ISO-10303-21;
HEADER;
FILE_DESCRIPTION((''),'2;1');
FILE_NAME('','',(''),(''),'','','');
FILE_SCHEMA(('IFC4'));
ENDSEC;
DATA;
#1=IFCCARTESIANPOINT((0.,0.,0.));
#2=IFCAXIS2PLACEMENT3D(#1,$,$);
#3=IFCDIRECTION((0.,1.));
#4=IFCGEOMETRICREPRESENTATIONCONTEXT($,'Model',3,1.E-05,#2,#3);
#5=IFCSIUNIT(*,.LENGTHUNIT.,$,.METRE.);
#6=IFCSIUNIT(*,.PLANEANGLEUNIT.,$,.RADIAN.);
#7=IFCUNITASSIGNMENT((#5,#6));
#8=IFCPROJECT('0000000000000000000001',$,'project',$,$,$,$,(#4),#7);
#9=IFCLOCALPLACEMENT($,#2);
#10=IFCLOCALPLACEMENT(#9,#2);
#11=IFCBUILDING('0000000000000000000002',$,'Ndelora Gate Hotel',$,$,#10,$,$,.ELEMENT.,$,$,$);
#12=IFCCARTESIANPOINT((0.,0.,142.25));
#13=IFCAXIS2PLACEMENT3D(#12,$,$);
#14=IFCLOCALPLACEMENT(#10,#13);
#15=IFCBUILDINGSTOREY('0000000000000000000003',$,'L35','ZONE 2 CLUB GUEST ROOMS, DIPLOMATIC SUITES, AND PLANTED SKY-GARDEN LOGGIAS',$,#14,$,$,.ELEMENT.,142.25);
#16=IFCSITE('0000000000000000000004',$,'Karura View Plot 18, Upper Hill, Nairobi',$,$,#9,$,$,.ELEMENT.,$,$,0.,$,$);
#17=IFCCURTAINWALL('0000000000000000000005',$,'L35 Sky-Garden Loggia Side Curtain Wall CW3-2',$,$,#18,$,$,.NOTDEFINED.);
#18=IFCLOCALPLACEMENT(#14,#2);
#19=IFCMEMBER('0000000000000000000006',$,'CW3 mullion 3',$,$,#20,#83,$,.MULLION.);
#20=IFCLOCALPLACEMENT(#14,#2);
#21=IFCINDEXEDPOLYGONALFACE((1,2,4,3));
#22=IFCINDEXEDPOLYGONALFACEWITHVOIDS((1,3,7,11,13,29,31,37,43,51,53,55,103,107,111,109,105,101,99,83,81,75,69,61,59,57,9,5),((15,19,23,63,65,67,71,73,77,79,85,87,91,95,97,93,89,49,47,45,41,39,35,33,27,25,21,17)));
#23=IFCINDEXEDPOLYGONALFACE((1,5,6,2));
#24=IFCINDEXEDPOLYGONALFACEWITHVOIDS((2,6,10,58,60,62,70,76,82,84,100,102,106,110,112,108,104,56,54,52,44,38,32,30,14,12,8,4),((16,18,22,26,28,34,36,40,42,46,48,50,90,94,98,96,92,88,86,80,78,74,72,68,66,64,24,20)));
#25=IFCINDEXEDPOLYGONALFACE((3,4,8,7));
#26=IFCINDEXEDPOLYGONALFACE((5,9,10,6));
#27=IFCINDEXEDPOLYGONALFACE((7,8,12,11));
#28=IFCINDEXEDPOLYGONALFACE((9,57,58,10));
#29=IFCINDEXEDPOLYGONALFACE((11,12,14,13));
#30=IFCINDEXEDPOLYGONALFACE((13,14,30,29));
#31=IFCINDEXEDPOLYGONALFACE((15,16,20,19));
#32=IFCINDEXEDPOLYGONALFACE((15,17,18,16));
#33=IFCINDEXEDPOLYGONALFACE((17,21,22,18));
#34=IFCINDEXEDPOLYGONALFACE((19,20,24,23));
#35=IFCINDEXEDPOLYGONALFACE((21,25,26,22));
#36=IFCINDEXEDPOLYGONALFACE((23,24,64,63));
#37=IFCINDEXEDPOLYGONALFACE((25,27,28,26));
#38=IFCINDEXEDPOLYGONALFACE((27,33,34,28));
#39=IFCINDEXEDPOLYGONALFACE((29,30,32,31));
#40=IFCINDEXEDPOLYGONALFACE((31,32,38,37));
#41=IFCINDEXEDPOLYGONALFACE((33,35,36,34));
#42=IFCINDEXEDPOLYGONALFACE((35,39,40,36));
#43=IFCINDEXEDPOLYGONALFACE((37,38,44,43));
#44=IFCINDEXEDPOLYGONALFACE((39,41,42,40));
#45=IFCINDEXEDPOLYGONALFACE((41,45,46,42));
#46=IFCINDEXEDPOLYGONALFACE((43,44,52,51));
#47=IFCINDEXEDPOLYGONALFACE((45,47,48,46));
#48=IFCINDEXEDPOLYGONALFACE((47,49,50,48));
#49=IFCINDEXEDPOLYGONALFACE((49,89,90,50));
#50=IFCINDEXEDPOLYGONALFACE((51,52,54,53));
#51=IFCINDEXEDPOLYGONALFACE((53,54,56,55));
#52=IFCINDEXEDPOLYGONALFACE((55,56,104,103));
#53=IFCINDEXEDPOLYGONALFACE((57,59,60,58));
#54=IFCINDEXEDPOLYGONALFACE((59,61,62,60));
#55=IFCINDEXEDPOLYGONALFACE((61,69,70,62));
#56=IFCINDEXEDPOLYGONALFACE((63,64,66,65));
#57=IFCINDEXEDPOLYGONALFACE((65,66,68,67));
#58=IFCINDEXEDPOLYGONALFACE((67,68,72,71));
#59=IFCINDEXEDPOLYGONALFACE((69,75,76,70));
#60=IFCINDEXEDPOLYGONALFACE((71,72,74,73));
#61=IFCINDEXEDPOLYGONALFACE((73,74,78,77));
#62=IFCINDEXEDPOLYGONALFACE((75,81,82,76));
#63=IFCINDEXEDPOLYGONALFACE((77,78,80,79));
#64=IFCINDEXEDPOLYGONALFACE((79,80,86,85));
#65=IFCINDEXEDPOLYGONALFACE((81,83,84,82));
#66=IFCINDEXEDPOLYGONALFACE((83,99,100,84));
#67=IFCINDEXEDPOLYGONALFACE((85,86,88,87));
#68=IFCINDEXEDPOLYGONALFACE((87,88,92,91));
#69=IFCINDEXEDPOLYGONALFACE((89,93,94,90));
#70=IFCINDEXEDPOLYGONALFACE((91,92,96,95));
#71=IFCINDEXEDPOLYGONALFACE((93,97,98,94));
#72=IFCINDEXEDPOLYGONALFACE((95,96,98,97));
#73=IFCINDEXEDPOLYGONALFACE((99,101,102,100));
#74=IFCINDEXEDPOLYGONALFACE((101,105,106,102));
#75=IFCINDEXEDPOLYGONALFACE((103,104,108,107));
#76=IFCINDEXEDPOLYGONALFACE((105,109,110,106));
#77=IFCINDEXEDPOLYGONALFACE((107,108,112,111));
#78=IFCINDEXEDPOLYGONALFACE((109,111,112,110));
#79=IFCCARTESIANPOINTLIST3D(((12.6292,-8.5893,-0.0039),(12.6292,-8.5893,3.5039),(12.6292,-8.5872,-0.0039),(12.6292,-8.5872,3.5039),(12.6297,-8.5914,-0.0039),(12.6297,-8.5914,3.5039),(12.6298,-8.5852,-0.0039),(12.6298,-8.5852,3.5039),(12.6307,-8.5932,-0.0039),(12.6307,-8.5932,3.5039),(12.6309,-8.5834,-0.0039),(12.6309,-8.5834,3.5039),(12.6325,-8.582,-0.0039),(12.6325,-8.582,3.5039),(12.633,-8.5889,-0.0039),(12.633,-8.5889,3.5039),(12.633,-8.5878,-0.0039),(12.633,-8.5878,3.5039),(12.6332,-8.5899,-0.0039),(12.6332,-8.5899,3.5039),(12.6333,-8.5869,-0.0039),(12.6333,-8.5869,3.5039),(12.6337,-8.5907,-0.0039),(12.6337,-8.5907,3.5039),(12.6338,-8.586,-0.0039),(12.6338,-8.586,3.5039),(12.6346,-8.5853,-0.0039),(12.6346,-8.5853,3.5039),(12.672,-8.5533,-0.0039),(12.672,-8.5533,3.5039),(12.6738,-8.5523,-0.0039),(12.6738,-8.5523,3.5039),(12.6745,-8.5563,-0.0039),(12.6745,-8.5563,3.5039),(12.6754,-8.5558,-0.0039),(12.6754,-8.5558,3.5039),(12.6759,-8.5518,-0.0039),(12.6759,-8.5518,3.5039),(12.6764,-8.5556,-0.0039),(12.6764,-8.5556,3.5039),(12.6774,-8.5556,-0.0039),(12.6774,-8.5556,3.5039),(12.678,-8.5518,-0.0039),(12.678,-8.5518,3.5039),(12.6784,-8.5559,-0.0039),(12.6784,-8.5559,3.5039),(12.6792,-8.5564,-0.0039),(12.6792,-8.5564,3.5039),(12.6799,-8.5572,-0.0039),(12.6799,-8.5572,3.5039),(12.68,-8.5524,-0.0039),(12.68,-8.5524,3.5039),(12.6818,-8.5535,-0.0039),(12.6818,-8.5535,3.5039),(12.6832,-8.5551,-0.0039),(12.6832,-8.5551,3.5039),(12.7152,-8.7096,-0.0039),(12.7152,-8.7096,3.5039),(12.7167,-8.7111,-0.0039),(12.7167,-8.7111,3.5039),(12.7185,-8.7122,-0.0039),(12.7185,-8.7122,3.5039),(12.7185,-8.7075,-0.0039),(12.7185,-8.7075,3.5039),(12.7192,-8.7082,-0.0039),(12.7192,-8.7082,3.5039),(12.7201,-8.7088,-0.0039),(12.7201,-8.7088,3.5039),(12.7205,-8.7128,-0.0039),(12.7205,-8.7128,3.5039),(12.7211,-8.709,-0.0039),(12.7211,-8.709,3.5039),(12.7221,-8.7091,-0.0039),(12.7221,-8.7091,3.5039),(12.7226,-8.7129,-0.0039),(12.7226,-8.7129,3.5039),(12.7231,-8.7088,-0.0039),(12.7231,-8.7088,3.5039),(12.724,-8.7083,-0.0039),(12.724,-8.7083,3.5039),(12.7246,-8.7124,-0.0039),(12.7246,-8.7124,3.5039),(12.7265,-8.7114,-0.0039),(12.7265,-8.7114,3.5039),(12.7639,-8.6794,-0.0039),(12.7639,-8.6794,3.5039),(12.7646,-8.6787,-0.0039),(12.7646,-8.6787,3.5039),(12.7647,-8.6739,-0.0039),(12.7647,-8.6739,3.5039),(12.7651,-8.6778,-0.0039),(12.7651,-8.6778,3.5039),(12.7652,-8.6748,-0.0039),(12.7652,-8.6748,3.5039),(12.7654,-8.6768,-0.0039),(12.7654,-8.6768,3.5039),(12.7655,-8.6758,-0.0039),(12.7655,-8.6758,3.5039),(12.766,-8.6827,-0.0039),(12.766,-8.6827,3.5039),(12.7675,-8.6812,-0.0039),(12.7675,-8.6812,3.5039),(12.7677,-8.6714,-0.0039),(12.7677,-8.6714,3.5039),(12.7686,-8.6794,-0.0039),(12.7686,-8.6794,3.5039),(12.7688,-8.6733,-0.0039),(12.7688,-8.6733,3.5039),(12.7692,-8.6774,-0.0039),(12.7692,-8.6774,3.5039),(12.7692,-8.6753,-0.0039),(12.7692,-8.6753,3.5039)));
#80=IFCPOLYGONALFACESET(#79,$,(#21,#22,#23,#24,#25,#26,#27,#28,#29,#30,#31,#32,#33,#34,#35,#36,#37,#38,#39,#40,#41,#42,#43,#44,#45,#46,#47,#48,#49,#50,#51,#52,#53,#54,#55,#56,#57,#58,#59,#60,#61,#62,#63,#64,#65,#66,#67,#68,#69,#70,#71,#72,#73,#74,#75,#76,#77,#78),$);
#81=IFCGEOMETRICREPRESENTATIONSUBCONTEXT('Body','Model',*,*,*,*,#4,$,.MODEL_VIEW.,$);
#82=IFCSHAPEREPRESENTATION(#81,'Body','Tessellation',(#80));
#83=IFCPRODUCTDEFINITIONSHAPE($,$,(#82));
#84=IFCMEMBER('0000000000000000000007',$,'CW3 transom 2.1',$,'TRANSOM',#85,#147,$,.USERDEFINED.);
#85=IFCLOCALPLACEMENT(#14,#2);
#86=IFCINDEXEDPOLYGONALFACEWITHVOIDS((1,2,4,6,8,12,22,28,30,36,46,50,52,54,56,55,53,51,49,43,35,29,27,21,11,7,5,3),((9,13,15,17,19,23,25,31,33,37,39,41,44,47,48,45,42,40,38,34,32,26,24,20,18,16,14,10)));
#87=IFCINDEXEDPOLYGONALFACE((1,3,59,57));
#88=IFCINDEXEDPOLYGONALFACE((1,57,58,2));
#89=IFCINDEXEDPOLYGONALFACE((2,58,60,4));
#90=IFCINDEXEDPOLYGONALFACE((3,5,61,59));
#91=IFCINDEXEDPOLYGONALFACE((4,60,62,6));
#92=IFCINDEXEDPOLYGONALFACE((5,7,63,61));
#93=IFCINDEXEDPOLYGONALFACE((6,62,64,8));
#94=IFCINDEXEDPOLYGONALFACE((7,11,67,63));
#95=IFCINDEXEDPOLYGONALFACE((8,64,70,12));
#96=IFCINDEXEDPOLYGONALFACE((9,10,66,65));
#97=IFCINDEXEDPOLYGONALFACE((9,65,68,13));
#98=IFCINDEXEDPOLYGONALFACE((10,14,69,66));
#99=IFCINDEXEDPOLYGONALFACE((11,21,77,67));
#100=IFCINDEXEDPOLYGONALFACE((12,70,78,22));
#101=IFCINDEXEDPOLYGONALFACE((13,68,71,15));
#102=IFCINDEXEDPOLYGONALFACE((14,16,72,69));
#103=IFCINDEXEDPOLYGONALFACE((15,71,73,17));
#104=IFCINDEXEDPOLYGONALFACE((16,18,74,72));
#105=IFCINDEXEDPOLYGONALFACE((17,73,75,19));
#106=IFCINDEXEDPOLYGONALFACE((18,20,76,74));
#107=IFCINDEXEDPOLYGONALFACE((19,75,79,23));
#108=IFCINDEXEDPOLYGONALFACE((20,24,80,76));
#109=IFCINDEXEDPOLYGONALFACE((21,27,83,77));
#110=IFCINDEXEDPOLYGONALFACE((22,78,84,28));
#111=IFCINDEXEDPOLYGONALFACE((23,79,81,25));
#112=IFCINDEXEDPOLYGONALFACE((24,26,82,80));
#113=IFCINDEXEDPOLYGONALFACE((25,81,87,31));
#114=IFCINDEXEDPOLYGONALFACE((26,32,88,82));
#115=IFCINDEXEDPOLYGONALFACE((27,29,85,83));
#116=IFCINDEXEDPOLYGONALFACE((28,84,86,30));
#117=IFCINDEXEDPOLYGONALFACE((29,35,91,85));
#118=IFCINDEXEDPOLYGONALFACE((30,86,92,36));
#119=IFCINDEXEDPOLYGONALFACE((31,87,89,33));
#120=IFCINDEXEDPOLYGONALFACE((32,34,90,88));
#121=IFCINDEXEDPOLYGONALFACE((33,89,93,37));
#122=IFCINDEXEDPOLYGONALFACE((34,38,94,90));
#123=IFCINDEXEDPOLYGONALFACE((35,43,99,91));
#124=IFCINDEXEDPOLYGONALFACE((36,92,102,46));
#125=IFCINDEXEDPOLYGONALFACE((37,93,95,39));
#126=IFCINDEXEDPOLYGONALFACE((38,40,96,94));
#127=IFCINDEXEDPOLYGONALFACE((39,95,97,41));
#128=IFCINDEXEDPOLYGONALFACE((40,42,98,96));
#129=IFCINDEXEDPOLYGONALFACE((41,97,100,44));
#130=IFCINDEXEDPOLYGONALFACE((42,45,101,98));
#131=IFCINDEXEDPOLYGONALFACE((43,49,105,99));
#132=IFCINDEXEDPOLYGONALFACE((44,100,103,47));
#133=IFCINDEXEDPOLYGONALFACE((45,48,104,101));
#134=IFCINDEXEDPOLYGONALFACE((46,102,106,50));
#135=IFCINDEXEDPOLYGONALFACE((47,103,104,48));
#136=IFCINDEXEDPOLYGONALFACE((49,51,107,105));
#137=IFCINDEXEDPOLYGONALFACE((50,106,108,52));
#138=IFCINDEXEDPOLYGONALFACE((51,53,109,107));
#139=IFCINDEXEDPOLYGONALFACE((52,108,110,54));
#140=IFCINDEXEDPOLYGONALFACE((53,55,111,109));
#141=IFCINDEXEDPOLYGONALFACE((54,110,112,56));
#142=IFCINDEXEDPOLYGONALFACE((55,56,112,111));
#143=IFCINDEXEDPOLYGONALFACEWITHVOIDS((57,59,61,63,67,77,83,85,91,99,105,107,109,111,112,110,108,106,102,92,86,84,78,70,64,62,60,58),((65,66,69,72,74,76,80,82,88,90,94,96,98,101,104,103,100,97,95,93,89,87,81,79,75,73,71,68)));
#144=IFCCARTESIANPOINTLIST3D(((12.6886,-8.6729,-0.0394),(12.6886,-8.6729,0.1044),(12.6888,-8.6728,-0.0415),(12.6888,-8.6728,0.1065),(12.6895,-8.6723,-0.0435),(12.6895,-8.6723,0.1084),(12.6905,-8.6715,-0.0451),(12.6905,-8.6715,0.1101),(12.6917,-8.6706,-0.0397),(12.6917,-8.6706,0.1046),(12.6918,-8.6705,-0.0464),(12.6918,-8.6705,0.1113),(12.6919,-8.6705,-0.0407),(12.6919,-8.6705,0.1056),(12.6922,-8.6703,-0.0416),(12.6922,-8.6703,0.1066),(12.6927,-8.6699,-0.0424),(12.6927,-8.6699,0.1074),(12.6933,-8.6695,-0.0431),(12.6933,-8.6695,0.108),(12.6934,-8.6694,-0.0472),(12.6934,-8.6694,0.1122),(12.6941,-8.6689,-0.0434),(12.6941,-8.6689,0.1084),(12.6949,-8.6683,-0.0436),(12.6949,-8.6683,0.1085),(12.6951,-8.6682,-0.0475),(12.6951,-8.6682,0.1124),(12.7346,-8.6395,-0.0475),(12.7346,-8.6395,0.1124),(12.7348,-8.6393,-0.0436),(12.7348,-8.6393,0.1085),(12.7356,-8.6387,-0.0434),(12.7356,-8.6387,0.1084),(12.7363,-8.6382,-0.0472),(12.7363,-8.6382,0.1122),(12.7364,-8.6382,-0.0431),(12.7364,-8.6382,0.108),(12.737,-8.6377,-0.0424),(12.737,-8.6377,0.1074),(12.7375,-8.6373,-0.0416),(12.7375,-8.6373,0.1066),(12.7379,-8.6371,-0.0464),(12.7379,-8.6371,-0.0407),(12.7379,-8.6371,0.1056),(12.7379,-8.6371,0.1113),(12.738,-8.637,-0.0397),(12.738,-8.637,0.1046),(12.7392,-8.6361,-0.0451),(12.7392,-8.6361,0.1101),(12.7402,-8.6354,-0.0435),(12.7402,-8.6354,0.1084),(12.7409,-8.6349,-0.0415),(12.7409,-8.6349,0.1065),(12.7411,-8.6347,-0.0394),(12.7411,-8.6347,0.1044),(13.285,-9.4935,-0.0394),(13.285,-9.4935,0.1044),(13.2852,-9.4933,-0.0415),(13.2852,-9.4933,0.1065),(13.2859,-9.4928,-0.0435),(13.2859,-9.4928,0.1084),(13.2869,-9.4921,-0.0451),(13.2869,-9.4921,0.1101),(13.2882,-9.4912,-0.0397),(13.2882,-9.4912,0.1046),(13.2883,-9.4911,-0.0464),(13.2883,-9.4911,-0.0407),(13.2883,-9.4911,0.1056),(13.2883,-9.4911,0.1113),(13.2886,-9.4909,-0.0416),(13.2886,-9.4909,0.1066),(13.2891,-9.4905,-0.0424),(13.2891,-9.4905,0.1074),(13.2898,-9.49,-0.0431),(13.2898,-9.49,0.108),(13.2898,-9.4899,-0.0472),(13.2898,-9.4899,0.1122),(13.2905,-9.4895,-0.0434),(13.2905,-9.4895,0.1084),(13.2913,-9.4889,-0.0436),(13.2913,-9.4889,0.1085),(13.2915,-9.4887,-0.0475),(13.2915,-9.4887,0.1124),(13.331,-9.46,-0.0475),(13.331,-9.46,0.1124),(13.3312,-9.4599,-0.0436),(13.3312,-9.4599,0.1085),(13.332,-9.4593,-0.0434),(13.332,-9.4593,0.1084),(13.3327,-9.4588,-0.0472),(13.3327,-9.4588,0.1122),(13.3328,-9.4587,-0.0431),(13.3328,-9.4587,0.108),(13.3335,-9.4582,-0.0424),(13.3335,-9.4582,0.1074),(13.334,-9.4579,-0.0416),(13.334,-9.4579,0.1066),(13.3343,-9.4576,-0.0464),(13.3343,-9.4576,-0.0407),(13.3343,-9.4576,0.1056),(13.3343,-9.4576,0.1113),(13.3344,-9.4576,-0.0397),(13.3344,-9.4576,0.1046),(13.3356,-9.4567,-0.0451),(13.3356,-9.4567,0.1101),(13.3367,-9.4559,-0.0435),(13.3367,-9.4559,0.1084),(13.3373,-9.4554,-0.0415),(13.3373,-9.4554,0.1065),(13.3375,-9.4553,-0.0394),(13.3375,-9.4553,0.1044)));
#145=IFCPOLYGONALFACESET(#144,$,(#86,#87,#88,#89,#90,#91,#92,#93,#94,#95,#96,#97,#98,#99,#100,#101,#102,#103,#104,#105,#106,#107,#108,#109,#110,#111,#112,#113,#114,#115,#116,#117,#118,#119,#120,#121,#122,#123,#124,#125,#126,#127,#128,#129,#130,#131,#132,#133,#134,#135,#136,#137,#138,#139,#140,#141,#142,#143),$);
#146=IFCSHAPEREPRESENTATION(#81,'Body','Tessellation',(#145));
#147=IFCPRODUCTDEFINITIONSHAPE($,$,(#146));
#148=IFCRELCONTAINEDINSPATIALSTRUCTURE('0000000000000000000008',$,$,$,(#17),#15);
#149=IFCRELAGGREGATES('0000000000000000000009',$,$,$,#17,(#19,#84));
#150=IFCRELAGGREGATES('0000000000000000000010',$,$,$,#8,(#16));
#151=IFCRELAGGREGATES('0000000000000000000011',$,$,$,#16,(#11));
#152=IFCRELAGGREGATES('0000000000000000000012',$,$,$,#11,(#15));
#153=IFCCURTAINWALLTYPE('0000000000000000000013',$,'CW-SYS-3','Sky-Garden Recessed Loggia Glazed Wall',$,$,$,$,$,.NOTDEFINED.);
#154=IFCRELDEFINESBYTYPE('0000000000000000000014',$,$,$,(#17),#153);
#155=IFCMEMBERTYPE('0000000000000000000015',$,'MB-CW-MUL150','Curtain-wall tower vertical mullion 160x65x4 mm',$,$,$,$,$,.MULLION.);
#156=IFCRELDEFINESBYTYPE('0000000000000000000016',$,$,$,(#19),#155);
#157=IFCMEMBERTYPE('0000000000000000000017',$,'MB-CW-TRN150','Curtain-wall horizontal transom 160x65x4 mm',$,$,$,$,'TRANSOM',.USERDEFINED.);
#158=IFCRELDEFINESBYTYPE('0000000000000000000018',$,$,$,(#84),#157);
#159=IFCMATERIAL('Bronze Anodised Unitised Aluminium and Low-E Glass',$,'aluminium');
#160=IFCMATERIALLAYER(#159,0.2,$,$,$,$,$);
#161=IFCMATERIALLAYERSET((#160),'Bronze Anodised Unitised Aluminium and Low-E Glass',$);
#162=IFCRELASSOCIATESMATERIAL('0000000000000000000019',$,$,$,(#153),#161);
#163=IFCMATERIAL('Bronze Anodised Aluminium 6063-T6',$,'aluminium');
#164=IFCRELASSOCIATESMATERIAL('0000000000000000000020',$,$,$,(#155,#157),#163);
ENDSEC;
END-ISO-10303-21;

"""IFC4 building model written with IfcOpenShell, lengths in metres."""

from ifc_helpers import new_model, si_unit, direction, frame, origin, origin_2d, place, context, subcontext, project, spatial, hollow_rectangle, extrude, material, layer, layer_set, material_profile, profile_set, type_object, element, aggregate, save


model = new_model("IFC4")

# Units and contexts
model_context = context("Model", 3, precision=1e-05, world=origin(), true_north=direction((0.0, 1.0)))
body_context = subcontext(model_context, "Body", "Model", "MODEL_VIEW")
ifc_project = project(units=[si_unit("LENGTHUNIT", "METRE"), si_unit("PLANEANGLEUNIT", "RADIAN")], contexts=[model_context])

# Site, building, storey
site_placement = place(None, origin())
site = spatial("IfcSite", under=ifc_project, at=site_placement, Name="Karura View Plot 18, Upper Hill, Nairobi", CompositionType="ELEMENT", RefElevation=0.0)
building_placement = place(site_placement, origin())
building = spatial("IfcBuilding", under=site, at=building_placement, Name="Ndelora Gate Hotel", CompositionType="ELEMENT")
storey_placement = place(building_placement, frame((0.0, 0.0, 142.25)))
storey = spatial("IfcBuildingStorey", under=building, at=storey_placement, Name="L35", Description="ZONE 2 CLUB GUEST ROOMS, DIPLOMATIC SUITES, AND PLANTED SKY-GARDEN LOGGIAS", CompositionType="ELEMENT", Elevation=142.25)

# Curtain wall, members
ifc_material_1 = material(Name="Bronze Anodised Unitised Aluminium and Low-E Glass", Category="aluminium")
ifc_layer_1 = layer(ifc_material_1, 0.2)
ifc_layer_set_1 = layer_set([ifc_layer_1], Name="Bronze Anodised Unitised Aluminium and Low-E Glass")
curtain_wall_type = type_object("IfcCurtainWallType", Name="CW-SYS-3", Description="Sky-Garden Recessed Loggia Glazed Wall", PredefinedType="NOTDEFINED", material=ifc_layer_set_1)
curtain_wall_placement = place(storey_placement, origin())
curtain_wall = element("IfcCurtainWall", 1, at=curtain_wall_placement, inside=storey, type_object=curtain_wall_type, Name="L35 Sky-Garden Loggia Side Curtain Wall CW3-2", PredefinedType="NOTDEFINED")
ifc_material_2 = material(Name="Bronze Anodised Aluminium 6063-T6", Category="aluminium")
ifc_material_profile_1 = material_profile(ifc_material_2, hollow_rectangle(XDim=0.0649, YDim=0.1599, WallThickness=0.0039, InnerFilletRadius=0.0039, OuterFilletRadius=0.0081, at=origin_2d()), Name="ALU 160x65x4")
ifc_profile_set_1 = profile_set([ifc_material_profile_1], Name="Bronze Anodised Aluminium 6063-T6")
member_type_1 = type_object("IfcMemberType", Name="MB-CW-MUL150", Description="Curtain-wall tower vertical mullion 160x65x4 mm", PredefinedType="MULLION", material=ifc_profile_set_1)
member_1_placement = place(storey_placement, frame((12.6992, -8.6323, -0.0039), z_axis=(0.0, 0.0, 1.0), x_axis=(-0.809017, -0.587785, 0.0)))
member_1 = element("IfcMember", 2, at=member_1_placement, type_object=member_type_1, Name="CW3 mullion 3", PredefinedType="MULLION", context=body_context, shape_type="SweptSolid", body=[
    extrude(hollow_rectangle(XDim=0.0649, YDim=0.1599, WallThickness=0.0039, InnerFilletRadius=0.0039, OuterFilletRadius=0.0081, at=origin_2d()), origin(), (0.0, 0.0, 1.0), 3.5078),
])
ifc_material_profile_2 = material_profile(ifc_material_2, hollow_rectangle(XDim=0.0649, YDim=0.1599, WallThickness=0.0039, InnerFilletRadius=0.0039, OuterFilletRadius=0.0081, at=origin_2d()), Name="ALU 160x65x4")
ifc_profile_set_2 = profile_set([ifc_material_profile_2], Name="Bronze Anodised Aluminium 6063-T6")
member_type_2 = type_object("IfcMemberType", Name="MB-CW-TRN150", Description="Curtain-wall horizontal transom 160x65x4 mm", ElementType="TRANSOM", PredefinedType="USERDEFINED", material=ifc_profile_set_2)
member_2_placement = place(storey_placement, frame((13.3113, -9.4744, 0.0325), z_axis=(-0.587957, 0.808892, 0.0), x_axis=(-0.808892, -0.587957, 0.0)))
member_2 = element("IfcMember", 3, at=member_2_placement, type_object=member_type_2, Name="CW3 transom 2.1", ObjectType="TRANSOM", PredefinedType="USERDEFINED", context=body_context, shape_type="SweptSolid", body=[
    extrude(hollow_rectangle(XDim=0.0649, YDim=0.1599, WallThickness=0.0039, InnerFilletRadius=0.0039, OuterFilletRadius=0.0081, at=origin_2d()), origin(), (0.0, 0.0, 1.0), 1.0144),
])
aggregate(curtain_wall, [member_1, member_2])

save(model, "model.ifc")
